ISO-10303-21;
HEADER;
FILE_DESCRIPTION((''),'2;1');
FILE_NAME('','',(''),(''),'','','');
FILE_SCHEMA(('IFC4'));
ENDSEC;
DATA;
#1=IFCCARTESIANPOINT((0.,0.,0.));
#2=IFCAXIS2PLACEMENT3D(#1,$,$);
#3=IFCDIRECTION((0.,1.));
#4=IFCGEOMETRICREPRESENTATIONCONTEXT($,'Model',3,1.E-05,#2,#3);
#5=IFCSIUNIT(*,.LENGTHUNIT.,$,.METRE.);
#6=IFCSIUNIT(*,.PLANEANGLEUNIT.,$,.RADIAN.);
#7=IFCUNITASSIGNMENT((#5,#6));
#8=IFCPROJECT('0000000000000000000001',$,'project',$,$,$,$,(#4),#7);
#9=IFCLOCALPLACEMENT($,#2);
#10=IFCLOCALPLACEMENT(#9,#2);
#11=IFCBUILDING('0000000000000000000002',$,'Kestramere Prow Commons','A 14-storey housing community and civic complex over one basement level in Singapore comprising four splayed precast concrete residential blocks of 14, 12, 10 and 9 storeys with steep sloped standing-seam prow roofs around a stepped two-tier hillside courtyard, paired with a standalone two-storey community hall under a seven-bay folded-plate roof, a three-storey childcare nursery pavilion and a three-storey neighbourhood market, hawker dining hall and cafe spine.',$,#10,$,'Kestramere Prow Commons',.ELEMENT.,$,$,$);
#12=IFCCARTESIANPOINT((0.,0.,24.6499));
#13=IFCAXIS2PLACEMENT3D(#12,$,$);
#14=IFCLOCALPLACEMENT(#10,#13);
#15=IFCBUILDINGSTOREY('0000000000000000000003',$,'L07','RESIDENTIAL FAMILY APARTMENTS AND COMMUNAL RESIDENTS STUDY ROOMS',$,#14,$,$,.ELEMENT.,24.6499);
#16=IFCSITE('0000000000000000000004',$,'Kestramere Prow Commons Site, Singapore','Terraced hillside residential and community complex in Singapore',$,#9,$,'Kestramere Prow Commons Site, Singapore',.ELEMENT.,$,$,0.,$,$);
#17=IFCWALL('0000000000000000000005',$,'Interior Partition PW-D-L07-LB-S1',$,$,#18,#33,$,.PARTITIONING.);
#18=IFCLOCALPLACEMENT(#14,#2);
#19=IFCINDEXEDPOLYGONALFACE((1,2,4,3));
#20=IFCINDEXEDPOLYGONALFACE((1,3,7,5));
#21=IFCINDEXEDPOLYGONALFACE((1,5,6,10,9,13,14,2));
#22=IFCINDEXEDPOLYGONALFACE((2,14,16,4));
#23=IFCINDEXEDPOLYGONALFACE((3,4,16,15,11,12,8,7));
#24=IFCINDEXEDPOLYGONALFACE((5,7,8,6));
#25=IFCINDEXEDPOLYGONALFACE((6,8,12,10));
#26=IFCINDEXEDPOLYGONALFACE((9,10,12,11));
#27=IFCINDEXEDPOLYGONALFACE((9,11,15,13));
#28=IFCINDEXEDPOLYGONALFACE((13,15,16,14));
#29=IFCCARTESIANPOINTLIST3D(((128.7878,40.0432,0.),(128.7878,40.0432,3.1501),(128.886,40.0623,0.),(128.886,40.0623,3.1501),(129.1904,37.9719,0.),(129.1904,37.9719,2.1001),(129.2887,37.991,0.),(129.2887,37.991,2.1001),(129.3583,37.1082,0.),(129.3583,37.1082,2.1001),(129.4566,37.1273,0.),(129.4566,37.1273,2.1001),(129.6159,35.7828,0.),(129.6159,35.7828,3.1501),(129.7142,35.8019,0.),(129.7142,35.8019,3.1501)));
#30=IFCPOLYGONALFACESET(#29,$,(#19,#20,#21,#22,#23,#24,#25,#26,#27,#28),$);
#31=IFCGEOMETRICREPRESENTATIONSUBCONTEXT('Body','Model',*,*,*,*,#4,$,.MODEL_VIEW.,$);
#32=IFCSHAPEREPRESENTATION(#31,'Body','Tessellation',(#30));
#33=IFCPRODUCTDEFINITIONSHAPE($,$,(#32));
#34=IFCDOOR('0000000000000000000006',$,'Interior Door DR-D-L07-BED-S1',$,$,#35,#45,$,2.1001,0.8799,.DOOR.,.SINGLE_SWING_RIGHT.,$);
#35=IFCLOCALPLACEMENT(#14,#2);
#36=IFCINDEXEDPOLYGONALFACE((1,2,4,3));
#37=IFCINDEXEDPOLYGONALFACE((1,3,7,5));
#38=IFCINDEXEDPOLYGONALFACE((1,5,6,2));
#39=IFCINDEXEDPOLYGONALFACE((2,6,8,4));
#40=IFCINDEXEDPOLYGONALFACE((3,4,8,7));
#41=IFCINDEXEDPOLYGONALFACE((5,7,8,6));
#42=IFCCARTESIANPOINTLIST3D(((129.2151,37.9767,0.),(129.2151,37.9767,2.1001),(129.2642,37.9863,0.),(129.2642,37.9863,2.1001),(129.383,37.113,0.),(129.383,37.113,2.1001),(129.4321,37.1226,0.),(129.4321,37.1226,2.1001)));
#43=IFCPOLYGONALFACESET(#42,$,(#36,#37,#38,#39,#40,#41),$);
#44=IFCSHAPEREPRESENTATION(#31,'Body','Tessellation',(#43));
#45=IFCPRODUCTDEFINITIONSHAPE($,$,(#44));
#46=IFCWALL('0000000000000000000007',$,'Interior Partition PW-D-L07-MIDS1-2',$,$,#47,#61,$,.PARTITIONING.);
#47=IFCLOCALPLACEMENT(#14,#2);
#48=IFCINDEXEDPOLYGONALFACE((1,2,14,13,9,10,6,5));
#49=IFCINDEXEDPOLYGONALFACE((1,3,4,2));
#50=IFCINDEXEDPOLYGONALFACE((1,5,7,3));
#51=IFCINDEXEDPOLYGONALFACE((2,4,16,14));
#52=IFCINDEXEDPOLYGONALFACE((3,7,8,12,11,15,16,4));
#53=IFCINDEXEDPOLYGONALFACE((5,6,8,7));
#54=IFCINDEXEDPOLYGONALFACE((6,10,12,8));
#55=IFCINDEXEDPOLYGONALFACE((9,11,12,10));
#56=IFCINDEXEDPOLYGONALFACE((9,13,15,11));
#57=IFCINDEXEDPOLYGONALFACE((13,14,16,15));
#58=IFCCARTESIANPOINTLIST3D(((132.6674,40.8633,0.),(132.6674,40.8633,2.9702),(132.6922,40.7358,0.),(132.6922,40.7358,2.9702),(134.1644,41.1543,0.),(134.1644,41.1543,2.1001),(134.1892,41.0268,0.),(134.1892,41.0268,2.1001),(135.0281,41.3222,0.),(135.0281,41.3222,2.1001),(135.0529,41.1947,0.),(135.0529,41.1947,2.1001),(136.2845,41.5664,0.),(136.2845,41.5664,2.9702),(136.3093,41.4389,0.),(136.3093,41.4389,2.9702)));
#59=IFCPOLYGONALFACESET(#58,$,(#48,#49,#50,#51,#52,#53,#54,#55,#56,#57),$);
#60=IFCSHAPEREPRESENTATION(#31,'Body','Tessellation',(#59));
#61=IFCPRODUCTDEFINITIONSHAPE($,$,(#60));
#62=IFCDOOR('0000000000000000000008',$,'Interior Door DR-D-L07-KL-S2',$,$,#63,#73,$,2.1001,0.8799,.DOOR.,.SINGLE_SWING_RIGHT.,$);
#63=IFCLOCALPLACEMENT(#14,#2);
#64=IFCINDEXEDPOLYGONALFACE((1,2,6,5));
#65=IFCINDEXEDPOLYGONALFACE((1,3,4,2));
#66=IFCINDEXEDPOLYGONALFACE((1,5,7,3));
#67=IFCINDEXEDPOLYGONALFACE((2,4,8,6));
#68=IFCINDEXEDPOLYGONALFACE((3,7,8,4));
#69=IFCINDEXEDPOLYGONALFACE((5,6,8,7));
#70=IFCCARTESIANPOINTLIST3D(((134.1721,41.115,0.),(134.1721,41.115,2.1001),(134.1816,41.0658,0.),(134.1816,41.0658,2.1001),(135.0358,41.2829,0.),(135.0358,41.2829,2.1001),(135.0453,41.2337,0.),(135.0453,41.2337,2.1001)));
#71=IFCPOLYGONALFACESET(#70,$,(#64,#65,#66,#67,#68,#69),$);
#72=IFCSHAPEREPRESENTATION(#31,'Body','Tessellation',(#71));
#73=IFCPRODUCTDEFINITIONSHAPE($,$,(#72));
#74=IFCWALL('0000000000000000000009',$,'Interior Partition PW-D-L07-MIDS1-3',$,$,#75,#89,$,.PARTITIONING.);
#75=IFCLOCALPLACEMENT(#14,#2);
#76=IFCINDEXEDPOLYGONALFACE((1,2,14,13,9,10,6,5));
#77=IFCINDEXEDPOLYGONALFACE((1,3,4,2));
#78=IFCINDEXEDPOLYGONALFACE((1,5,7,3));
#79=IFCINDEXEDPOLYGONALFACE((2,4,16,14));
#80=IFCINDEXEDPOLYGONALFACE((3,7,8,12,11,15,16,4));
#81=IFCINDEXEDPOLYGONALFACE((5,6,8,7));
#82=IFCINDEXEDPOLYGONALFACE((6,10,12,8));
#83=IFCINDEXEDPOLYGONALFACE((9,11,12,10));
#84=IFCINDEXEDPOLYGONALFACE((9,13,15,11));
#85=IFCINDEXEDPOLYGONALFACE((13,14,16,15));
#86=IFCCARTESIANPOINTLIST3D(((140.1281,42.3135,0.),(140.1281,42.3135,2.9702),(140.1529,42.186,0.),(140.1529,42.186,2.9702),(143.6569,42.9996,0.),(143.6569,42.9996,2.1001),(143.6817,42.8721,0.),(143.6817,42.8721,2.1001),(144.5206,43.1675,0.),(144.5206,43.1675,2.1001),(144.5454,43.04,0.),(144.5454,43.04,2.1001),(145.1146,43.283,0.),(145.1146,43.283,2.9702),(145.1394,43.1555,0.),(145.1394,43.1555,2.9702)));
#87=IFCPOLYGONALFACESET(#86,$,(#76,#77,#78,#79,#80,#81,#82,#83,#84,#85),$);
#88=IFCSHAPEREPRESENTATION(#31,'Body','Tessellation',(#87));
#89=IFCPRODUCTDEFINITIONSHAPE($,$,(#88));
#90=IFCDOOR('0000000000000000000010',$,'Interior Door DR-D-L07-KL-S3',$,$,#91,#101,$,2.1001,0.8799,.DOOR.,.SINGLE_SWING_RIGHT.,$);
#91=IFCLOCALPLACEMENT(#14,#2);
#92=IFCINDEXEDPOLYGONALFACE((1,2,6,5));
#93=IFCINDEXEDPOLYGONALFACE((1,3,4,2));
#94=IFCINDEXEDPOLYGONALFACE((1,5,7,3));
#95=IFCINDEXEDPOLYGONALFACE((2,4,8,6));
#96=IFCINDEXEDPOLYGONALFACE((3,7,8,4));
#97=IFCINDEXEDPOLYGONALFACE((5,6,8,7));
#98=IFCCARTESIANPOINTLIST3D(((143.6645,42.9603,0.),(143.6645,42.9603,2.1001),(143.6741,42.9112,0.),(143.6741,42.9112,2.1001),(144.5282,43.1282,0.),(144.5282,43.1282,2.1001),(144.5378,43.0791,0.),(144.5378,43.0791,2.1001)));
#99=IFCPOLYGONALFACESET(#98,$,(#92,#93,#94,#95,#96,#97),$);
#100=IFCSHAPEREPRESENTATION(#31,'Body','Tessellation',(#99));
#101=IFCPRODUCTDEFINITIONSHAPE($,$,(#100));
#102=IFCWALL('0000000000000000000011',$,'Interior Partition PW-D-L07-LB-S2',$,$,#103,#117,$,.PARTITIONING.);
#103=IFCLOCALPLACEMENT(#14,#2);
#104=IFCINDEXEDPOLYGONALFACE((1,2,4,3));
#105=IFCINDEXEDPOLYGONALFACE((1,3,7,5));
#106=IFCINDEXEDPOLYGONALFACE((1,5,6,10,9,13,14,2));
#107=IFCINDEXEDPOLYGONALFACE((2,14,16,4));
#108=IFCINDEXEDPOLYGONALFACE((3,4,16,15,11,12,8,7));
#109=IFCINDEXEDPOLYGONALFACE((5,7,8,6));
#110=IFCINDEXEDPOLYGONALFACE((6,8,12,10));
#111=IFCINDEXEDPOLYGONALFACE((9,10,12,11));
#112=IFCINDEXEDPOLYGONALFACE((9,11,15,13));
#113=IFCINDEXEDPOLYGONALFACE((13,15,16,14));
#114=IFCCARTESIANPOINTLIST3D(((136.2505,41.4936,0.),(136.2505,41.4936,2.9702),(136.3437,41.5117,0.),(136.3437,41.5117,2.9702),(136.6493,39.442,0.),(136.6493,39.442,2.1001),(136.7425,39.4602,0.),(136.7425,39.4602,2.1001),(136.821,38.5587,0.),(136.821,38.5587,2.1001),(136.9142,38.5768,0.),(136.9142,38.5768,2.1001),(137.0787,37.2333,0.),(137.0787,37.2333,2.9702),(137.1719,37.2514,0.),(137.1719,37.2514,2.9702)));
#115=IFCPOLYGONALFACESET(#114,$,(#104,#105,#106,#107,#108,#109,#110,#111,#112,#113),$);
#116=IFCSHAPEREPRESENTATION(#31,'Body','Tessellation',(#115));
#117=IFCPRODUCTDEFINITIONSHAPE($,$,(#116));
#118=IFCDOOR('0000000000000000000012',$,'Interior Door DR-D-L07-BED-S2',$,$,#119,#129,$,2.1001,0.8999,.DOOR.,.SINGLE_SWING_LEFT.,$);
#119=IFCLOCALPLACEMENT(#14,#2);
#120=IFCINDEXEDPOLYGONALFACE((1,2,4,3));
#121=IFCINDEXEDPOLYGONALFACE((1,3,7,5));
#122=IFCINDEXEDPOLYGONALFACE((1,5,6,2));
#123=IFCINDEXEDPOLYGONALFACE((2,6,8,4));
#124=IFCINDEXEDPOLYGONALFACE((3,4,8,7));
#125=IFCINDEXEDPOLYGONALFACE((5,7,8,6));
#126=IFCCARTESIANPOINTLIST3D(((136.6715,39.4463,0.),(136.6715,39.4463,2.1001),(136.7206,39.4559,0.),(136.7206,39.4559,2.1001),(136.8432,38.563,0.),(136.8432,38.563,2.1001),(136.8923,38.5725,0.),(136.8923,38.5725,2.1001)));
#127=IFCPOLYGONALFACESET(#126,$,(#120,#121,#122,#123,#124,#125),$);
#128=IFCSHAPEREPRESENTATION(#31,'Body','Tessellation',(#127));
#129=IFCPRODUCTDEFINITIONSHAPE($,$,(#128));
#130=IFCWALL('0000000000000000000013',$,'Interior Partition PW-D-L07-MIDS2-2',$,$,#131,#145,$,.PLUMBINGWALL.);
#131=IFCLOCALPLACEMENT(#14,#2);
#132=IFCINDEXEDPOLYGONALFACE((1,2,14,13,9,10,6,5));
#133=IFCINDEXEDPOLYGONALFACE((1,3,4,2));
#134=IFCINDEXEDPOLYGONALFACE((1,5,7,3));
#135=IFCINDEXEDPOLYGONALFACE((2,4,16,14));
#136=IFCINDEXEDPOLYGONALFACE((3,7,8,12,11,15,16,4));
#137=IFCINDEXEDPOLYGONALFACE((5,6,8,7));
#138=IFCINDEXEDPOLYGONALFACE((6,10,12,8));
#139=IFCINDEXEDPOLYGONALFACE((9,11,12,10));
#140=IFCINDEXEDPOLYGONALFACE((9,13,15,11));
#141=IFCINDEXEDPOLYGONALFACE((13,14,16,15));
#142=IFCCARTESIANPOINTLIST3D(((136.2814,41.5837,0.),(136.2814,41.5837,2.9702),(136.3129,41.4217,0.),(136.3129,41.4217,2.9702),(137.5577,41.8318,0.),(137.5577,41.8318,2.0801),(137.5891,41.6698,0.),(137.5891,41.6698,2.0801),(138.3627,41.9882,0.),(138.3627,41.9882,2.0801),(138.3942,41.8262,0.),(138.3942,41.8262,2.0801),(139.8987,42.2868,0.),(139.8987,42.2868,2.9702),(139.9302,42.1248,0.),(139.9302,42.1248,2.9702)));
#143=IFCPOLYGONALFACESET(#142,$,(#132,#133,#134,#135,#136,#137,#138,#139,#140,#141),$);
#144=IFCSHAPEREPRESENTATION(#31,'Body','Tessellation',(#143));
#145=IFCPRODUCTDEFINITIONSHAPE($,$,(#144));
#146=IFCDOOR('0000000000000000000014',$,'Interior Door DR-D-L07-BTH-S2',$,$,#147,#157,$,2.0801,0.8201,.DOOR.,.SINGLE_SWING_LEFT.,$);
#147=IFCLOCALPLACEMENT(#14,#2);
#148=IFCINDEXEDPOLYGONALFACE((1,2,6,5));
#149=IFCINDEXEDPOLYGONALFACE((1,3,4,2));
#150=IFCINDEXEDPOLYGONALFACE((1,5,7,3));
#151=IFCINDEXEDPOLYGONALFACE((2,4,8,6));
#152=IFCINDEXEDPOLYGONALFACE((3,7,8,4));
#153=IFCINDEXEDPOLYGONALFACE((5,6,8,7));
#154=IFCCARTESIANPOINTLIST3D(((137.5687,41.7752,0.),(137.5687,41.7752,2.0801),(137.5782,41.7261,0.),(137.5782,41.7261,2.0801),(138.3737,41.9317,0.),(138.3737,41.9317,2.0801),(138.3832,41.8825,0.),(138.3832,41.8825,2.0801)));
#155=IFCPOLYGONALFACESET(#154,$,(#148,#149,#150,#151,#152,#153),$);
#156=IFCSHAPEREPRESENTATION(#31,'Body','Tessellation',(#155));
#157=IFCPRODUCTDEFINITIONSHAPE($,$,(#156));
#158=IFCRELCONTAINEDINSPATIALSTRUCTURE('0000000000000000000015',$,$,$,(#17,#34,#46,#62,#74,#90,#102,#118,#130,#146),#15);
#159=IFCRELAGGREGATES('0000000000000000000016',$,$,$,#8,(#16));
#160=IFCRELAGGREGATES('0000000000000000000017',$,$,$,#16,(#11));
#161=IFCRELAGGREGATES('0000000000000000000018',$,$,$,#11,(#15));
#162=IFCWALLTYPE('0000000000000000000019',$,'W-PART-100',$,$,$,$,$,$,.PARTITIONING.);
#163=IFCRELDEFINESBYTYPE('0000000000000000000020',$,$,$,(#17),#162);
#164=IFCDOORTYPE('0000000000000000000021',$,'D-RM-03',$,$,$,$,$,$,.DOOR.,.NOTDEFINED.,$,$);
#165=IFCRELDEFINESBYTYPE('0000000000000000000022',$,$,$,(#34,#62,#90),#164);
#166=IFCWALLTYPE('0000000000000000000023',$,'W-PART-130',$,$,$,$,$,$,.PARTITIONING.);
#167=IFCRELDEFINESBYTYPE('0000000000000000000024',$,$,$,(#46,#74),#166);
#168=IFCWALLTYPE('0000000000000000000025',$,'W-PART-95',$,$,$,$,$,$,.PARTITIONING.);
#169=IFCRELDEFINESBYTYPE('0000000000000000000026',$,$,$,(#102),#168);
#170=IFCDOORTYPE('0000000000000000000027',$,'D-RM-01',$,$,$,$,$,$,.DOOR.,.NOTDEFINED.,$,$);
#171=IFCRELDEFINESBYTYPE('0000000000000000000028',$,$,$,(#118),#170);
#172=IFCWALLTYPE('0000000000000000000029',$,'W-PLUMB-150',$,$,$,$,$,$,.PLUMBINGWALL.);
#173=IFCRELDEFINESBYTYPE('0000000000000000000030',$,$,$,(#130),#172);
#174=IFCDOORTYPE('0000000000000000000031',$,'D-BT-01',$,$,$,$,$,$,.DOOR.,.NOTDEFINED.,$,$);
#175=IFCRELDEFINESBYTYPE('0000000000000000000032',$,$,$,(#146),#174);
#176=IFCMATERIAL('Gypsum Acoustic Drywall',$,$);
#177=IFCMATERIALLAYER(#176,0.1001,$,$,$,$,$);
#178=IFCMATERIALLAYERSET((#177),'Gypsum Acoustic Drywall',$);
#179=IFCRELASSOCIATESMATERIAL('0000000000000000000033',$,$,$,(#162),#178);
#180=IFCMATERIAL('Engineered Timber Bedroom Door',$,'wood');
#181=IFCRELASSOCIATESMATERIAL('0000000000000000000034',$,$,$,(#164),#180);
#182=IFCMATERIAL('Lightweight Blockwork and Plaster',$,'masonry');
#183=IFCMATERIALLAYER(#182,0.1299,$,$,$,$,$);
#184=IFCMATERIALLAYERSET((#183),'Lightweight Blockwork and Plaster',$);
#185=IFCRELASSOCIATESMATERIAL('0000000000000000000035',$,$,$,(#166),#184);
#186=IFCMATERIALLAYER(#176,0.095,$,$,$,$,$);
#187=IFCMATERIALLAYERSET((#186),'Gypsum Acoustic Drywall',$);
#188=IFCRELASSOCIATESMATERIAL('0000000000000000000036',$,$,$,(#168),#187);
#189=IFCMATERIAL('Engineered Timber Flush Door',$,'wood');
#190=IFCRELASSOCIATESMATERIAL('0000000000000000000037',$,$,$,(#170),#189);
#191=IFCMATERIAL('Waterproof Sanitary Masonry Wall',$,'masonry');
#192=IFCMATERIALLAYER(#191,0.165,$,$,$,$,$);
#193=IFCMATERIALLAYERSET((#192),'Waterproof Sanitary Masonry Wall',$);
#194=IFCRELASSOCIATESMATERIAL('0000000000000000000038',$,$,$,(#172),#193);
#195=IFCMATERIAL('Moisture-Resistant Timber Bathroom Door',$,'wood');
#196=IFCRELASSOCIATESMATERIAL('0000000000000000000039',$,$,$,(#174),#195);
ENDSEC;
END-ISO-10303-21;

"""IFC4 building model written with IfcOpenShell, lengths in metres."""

from ifc_helpers import new_model, si_unit, direction, frame, frame_2d, origin, place, context, subcontext, project, spatial, rectangle, extrude, material, layer, layer_set, type_object, element, fill, save


model = new_model("IFC4")

# Units and contexts
model_context = context("Model", 3, precision=1e-05, world=origin(), true_north=direction((0.0, 1.0)))
body_context = subcontext(model_context, "Body", "Model", "MODEL_VIEW")
ifc_project = project(units=[si_unit("LENGTHUNIT", "METRE"), si_unit("PLANEANGLEUNIT", "RADIAN")], contexts=[model_context])

# Site, building, storey
site_placement = place(None, origin())
site = spatial("IfcSite", under=ifc_project, at=site_placement, Name="Kestramere Prow Commons Site, Singapore", Description="Terraced hillside residential and community complex in Singapore", LongName="Kestramere Prow Commons Site, Singapore", CompositionType="ELEMENT", RefElevation=0.0)
building_placement = place(site_placement, origin())
building = spatial("IfcBuilding", under=site, at=building_placement, Name="Kestramere Prow Commons", Description="A 14-storey housing community and civic complex over one basement level in Singapore comprising four splayed precast concrete residential blocks of 14, 12, 10 and 9 storeys with steep sloped standing-seam prow roofs around a stepped two-tier hillside courtyard, paired with a standalone two-storey community hall under a seven-bay folded-plate roof, a three-storey childcare nursery pavilion and a three-storey neighbourhood market, hawker dining hall and cafe spine.", LongName="Kestramere Prow Commons", CompositionType="ELEMENT")
storey_placement = place(building_placement, frame((0.0, 0.0, 24.6499)))
storey = spatial("IfcBuildingStorey", under=building, at=storey_placement, Name="L07", Description="RESIDENTIAL FAMILY APARTMENTS AND COMMUNAL RESIDENTS STUDY ROOMS", CompositionType="ELEMENT", Elevation=24.6499)

# Walls, openings, doors
ifc_material_1 = material(Name="Gypsum Acoustic Drywall")
ifc_layer_1 = layer(ifc_material_1, 0.1001)
ifc_layer_set_1 = layer_set([ifc_layer_1], Name="Gypsum Acoustic Drywall")
wall_type_1 = type_object("IfcWallType", Name="W-PART-100", PredefinedType="PARTITIONING", material=ifc_layer_set_1)
wall_1_placement = place(storey_placement, frame((129.665, 35.7925, 0.0), z_axis=(0.0, 0.0, 1.0), x_axis=(-0.190812, 0.981627, 0.0)))
wall_1 = element("IfcWall", 1, at=wall_1_placement, inside=storey, type_object=wall_type_1, Name="Interior Partition PW-D-L07-LB-S1", PredefinedType="PARTITIONING", context=body_context, shape_type="SweptSolid", body=[
    extrude(rectangle(XDim=4.3401, YDim=0.1001, at=frame_2d((2.1699, 0.0))), origin(), (0.0, 0.0, 1.0), 3.1501),
])
opening_1_placement = place(wall_1_placement, frame((1.3501, 0.0, 0.0)))
opening_1 = element("IfcOpeningElement", 2, at=opening_1_placement, cuts=wall_1, PredefinedType="OPENING", context=body_context, shape_type="SweptSolid", body=[
    extrude(rectangle(XDim=0.8799, YDim=2.1001, at=frame_2d((0.4399, 1.05))), frame((0.0, 0.0649, 0.0), z_axis=(0.0, -1.0, 0.0), x_axis=(1.0, 0.0, 0.0)), (0.0, 0.0, 1.0), 0.1301),
])
ifc_material_2 = material(Name="Engineered Timber Bedroom Door", Category="wood")
door_type_1 = type_object("IfcDoorType", Name="D-RM-03", OperationType="NOTDEFINED", PredefinedType="DOOR", material=ifc_material_2)
door_1_placement = place(opening_1_placement, origin())
door_1 = element("IfcDoor", 3, at=door_1_placement, inside=storey, type_object=door_type_1, Name="Interior Door DR-D-L07-BED-S1", OperationType="SINGLE_SWING_RIGHT", OverallHeight=2.1001, OverallWidth=0.8799, PredefinedType="DOOR", context=body_context, shape_type="SweptSolid", body=[
    extrude(rectangle(XDim=0.8799, YDim=2.1001, at=frame_2d((0.4399, 1.05))), frame((0.0, 0.0249, 0.0), z_axis=(0.0, -1.0, 0.0), x_axis=(1.0, 0.0, 0.0)), (0.0, 0.0, 1.0), 0.05),
])
fill(opening_1, door_1)
ifc_material_3 = material(Name="Lightweight Blockwork and Plaster", Category="masonry")
ifc_layer_2 = layer(ifc_material_3, 0.1299)
ifc_layer_set_2 = layer_set([ifc_layer_2], Name="Lightweight Blockwork and Plaster")
wall_type_2 = type_object("IfcWallType", Name="W-PART-130", PredefinedType="PARTITIONING", material=ifc_layer_set_2)
wall_2_placement = place(storey_placement, frame((132.6799, 40.7996, 0.0), z_axis=(0.0, 0.0, 1.0), x_axis=(0.981626, 0.190813, 0.0)))
wall_2 = element("IfcWall", 4, at=wall_2_placement, inside=storey, type_object=wall_type_2, Name="Interior Partition PW-D-L07-MIDS1-2", PredefinedType="PARTITIONING", context=body_context, shape_type="SweptSolid", body=[
    extrude(rectangle(XDim=3.6848, YDim=0.1299, at=frame_2d((1.8423, 0.0))), origin(), (0.0, 0.0, 1.0), 2.9702),
])
opening_2_placement = place(wall_2_placement, frame((1.5249, 0.0, 0.0)))
opening_2 = element("IfcOpeningElement", 5, at=opening_2_placement, cuts=wall_2, PredefinedType="OPENING", context=body_context, shape_type="SweptSolid", body=[
    extrude(rectangle(XDim=0.8799, YDim=2.1001, at=frame_2d((0.4399, 1.05))), frame((0.0, 0.0798, 0.0), z_axis=(0.0, -1.0, 0.0), x_axis=(1.0, 0.0, 0.0)), (0.0, 0.0, 1.0), 0.1599),
])
door_2_placement = place(opening_2_placement, origin())
door_2 = element("IfcDoor", 6, at=door_2_placement, inside=storey, type_object=door_type_1, Name="Interior Door DR-D-L07-KL-S2", OperationType="SINGLE_SWING_RIGHT", OverallHeight=2.1001, OverallWidth=0.8799, PredefinedType="DOOR", context=body_context, shape_type="SweptSolid", body=[
    extrude(rectangle(XDim=0.8799, YDim=2.1001, at=frame_2d((0.4399, 1.05))), frame((0.0, 0.0249, 0.0), z_axis=(0.0, -1.0, 0.0), x_axis=(1.0, 0.0, 0.0)), (0.0, 0.0, 1.0), 0.05),
])
fill(opening_2, door_2)
wall_3_placement = place(storey_placement, frame((140.1404, 42.2498, 0.0), z_axis=(0.0, 0.0, 1.0), x_axis=(0.98162, 0.190845, 0.0)))
wall_3 = element("IfcWall", 7, at=wall_3_placement, inside=storey, type_object=wall_type_2, Name="Interior Partition PW-D-L07-MIDS1-3", PredefinedType="PARTITIONING", context=body_context, shape_type="SweptSolid", body=[
    extrude(rectangle(XDim=5.0798, YDim=0.1299, at=frame_2d((2.54, 0.0))), origin(), (0.0, 0.0, 1.0), 2.9702),
])
opening_3_placement = place(wall_3_placement, frame((3.595, 0.0, 0.0)))
opening_3 = element("IfcOpeningElement", 8, at=opening_3_placement, cuts=wall_3, PredefinedType="OPENING", context=body_context, shape_type="SweptSolid", body=[
    extrude(rectangle(XDim=0.8799, YDim=2.1001, at=frame_2d((0.4399, 1.05))), frame((0.0, 0.0798, 0.0), z_axis=(0.0, -1.0, 0.0), x_axis=(1.0, 0.0, 0.0)), (0.0, 0.0, 1.0), 0.1599),
])
door_3_placement = place(opening_3_placement, origin())
door_3 = element("IfcDoor", 9, at=door_3_placement, inside=storey, type_object=door_type_1, Name="Interior Door DR-D-L07-KL-S3", OperationType="SINGLE_SWING_RIGHT", OverallHeight=2.1001, OverallWidth=0.8799, PredefinedType="DOOR", context=body_context, shape_type="SweptSolid", body=[
    extrude(rectangle(XDim=0.8799, YDim=2.1001, at=frame_2d((0.4399, 1.05))), frame((0.0, 0.0249, 0.0), z_axis=(0.0, -1.0, 0.0), x_axis=(1.0, 0.0, 0.0)), (0.0, 0.0, 1.0), 0.05),
])
fill(opening_3, door_3)
ifc_layer_3 = layer(ifc_material_1, 0.095)
ifc_layer_set_3 = layer_set([ifc_layer_3], Name="Gypsum Acoustic Drywall")
wall_type_3 = type_object("IfcWallType", Name="W-PART-95", PredefinedType="PARTITIONING", material=ifc_layer_set_3)
wall_4_placement = place(storey_placement, frame((137.1252, 37.2424, 0.0), z_axis=(0.0, 0.0, 1.0), x_axis=(-0.190812, 0.981627, 0.0)))
wall_4 = element("IfcWall", 10, at=wall_4_placement, inside=storey, type_object=wall_type_3, Name="Interior Partition PW-D-L07-LB-S2", PredefinedType="PARTITIONING", context=body_context, shape_type="SweptSolid", body=[
    extrude(rectangle(XDim=4.3401, YDim=0.095, at=frame_2d((2.1699, 0.0))), origin(), (0.0, 0.0, 1.0), 2.9702),
])
opening_4_placement = place(wall_4_placement, frame((1.3501, 0.0, 0.0)))
opening_4 = element("IfcOpeningElement", 11, at=opening_4_placement, cuts=wall_4, PredefinedType="OPENING", context=body_context, shape_type="SweptSolid", body=[
    extrude(rectangle(XDim=0.8999, YDim=2.1001, at=frame_2d((0.45, 1.05))), frame((0.0, 0.0625, 0.0), z_axis=(0.0, -1.0, 0.0), x_axis=(1.0, 0.0, 0.0)), (0.0, 0.0, 1.0), 0.125),
])
ifc_material_4 = material(Name="Engineered Timber Flush Door", Category="wood")
door_type_2 = type_object("IfcDoorType", Name="D-RM-01", OperationType="NOTDEFINED", PredefinedType="DOOR", material=ifc_material_4)
door_4_placement = place(opening_4_placement, origin())
door_4 = element("IfcDoor", 12, at=door_4_placement, inside=storey, type_object=door_type_2, Name="Interior Door DR-D-L07-BED-S2", OperationType="SINGLE_SWING_LEFT", OverallHeight=2.1001, OverallWidth=0.8999, PredefinedType="DOOR", context=body_context, shape_type="SweptSolid", body=[
    extrude(rectangle(XDim=0.8999, YDim=2.1001, at=frame_2d((0.45, 1.05))), frame((0.0, 0.0249, 0.0), z_axis=(0.0, -1.0, 0.0), x_axis=(1.0, 0.0, 0.0)), (0.0, 0.0, 1.0), 0.05),
])
fill(opening_4, door_4)
ifc_material_5 = material(Name="Waterproof Sanitary Masonry Wall", Category="masonry")
ifc_layer_4 = layer(ifc_material_5, 0.165)
ifc_layer_set_4 = layer_set([ifc_layer_4], Name="Waterproof Sanitary Masonry Wall")
wall_type_4 = type_object("IfcWallType", Name="W-PLUMB-150", PredefinedType="PLUMBINGWALL", material=ifc_layer_set_4)
wall_5_placement = place(storey_placement, frame((136.2971, 41.5027, 0.0), z_axis=(0.0, 0.0, 1.0), x_axis=(0.981629, 0.190801, 0.0)))
wall_5 = element("IfcWall", 13, at=wall_5_placement, inside=storey, type_object=wall_type_4, Name="Interior Partition PW-D-L07-MIDS2-2", PredefinedType="PLUMBINGWALL", context=body_context, shape_type="SweptSolid", body=[
    extrude(rectangle(XDim=3.6851, YDim=0.165, at=frame_2d((1.8425, 0.0))), origin(), (0.0, 0.0, 1.0), 2.9702),
])
opening_5_placement = place(wall_5_placement, frame((1.3, 0.0, 0.0)))
opening_5 = element("IfcOpeningElement", 14, at=opening_5_placement, cuts=wall_5, PredefinedType="OPENING", context=body_context, shape_type="SweptSolid", body=[
    extrude(rectangle(XDim=0.8201, YDim=2.0801, at=frame_2d((0.4102, 1.04))), frame((0.0, 0.0974, 0.0), z_axis=(0.0, -1.0, 0.0), x_axis=(1.0, 0.0, 0.0)), (0.0, 0.0, 1.0), 0.1951),
])
ifc_material_6 = material(Name="Moisture-Resistant Timber Bathroom Door", Category="wood")
door_type_3 = type_object("IfcDoorType", Name="D-BT-01", OperationType="NOTDEFINED", PredefinedType="DOOR", material=ifc_material_6)
door_5_placement = place(opening_5_placement, origin())
door_5 = element("IfcDoor", 15, at=door_5_placement, inside=storey, type_object=door_type_3, Name="Interior Door DR-D-L07-BTH-S2", OperationType="SINGLE_SWING_LEFT", OverallHeight=2.0801, OverallWidth=0.8201, PredefinedType="DOOR", context=body_context, shape_type="SweptSolid", body=[
    extrude(rectangle(XDim=0.8201, YDim=2.0801, at=frame_2d((0.4102, 1.04))), frame((0.0, 0.0249, 0.0), z_axis=(0.0, -1.0, 0.0), x_axis=(1.0, 0.0, 0.0)), (0.0, 0.0, 1.0), 0.05),
])
fill(opening_5, door_5)

save(model, "model.ifc")
